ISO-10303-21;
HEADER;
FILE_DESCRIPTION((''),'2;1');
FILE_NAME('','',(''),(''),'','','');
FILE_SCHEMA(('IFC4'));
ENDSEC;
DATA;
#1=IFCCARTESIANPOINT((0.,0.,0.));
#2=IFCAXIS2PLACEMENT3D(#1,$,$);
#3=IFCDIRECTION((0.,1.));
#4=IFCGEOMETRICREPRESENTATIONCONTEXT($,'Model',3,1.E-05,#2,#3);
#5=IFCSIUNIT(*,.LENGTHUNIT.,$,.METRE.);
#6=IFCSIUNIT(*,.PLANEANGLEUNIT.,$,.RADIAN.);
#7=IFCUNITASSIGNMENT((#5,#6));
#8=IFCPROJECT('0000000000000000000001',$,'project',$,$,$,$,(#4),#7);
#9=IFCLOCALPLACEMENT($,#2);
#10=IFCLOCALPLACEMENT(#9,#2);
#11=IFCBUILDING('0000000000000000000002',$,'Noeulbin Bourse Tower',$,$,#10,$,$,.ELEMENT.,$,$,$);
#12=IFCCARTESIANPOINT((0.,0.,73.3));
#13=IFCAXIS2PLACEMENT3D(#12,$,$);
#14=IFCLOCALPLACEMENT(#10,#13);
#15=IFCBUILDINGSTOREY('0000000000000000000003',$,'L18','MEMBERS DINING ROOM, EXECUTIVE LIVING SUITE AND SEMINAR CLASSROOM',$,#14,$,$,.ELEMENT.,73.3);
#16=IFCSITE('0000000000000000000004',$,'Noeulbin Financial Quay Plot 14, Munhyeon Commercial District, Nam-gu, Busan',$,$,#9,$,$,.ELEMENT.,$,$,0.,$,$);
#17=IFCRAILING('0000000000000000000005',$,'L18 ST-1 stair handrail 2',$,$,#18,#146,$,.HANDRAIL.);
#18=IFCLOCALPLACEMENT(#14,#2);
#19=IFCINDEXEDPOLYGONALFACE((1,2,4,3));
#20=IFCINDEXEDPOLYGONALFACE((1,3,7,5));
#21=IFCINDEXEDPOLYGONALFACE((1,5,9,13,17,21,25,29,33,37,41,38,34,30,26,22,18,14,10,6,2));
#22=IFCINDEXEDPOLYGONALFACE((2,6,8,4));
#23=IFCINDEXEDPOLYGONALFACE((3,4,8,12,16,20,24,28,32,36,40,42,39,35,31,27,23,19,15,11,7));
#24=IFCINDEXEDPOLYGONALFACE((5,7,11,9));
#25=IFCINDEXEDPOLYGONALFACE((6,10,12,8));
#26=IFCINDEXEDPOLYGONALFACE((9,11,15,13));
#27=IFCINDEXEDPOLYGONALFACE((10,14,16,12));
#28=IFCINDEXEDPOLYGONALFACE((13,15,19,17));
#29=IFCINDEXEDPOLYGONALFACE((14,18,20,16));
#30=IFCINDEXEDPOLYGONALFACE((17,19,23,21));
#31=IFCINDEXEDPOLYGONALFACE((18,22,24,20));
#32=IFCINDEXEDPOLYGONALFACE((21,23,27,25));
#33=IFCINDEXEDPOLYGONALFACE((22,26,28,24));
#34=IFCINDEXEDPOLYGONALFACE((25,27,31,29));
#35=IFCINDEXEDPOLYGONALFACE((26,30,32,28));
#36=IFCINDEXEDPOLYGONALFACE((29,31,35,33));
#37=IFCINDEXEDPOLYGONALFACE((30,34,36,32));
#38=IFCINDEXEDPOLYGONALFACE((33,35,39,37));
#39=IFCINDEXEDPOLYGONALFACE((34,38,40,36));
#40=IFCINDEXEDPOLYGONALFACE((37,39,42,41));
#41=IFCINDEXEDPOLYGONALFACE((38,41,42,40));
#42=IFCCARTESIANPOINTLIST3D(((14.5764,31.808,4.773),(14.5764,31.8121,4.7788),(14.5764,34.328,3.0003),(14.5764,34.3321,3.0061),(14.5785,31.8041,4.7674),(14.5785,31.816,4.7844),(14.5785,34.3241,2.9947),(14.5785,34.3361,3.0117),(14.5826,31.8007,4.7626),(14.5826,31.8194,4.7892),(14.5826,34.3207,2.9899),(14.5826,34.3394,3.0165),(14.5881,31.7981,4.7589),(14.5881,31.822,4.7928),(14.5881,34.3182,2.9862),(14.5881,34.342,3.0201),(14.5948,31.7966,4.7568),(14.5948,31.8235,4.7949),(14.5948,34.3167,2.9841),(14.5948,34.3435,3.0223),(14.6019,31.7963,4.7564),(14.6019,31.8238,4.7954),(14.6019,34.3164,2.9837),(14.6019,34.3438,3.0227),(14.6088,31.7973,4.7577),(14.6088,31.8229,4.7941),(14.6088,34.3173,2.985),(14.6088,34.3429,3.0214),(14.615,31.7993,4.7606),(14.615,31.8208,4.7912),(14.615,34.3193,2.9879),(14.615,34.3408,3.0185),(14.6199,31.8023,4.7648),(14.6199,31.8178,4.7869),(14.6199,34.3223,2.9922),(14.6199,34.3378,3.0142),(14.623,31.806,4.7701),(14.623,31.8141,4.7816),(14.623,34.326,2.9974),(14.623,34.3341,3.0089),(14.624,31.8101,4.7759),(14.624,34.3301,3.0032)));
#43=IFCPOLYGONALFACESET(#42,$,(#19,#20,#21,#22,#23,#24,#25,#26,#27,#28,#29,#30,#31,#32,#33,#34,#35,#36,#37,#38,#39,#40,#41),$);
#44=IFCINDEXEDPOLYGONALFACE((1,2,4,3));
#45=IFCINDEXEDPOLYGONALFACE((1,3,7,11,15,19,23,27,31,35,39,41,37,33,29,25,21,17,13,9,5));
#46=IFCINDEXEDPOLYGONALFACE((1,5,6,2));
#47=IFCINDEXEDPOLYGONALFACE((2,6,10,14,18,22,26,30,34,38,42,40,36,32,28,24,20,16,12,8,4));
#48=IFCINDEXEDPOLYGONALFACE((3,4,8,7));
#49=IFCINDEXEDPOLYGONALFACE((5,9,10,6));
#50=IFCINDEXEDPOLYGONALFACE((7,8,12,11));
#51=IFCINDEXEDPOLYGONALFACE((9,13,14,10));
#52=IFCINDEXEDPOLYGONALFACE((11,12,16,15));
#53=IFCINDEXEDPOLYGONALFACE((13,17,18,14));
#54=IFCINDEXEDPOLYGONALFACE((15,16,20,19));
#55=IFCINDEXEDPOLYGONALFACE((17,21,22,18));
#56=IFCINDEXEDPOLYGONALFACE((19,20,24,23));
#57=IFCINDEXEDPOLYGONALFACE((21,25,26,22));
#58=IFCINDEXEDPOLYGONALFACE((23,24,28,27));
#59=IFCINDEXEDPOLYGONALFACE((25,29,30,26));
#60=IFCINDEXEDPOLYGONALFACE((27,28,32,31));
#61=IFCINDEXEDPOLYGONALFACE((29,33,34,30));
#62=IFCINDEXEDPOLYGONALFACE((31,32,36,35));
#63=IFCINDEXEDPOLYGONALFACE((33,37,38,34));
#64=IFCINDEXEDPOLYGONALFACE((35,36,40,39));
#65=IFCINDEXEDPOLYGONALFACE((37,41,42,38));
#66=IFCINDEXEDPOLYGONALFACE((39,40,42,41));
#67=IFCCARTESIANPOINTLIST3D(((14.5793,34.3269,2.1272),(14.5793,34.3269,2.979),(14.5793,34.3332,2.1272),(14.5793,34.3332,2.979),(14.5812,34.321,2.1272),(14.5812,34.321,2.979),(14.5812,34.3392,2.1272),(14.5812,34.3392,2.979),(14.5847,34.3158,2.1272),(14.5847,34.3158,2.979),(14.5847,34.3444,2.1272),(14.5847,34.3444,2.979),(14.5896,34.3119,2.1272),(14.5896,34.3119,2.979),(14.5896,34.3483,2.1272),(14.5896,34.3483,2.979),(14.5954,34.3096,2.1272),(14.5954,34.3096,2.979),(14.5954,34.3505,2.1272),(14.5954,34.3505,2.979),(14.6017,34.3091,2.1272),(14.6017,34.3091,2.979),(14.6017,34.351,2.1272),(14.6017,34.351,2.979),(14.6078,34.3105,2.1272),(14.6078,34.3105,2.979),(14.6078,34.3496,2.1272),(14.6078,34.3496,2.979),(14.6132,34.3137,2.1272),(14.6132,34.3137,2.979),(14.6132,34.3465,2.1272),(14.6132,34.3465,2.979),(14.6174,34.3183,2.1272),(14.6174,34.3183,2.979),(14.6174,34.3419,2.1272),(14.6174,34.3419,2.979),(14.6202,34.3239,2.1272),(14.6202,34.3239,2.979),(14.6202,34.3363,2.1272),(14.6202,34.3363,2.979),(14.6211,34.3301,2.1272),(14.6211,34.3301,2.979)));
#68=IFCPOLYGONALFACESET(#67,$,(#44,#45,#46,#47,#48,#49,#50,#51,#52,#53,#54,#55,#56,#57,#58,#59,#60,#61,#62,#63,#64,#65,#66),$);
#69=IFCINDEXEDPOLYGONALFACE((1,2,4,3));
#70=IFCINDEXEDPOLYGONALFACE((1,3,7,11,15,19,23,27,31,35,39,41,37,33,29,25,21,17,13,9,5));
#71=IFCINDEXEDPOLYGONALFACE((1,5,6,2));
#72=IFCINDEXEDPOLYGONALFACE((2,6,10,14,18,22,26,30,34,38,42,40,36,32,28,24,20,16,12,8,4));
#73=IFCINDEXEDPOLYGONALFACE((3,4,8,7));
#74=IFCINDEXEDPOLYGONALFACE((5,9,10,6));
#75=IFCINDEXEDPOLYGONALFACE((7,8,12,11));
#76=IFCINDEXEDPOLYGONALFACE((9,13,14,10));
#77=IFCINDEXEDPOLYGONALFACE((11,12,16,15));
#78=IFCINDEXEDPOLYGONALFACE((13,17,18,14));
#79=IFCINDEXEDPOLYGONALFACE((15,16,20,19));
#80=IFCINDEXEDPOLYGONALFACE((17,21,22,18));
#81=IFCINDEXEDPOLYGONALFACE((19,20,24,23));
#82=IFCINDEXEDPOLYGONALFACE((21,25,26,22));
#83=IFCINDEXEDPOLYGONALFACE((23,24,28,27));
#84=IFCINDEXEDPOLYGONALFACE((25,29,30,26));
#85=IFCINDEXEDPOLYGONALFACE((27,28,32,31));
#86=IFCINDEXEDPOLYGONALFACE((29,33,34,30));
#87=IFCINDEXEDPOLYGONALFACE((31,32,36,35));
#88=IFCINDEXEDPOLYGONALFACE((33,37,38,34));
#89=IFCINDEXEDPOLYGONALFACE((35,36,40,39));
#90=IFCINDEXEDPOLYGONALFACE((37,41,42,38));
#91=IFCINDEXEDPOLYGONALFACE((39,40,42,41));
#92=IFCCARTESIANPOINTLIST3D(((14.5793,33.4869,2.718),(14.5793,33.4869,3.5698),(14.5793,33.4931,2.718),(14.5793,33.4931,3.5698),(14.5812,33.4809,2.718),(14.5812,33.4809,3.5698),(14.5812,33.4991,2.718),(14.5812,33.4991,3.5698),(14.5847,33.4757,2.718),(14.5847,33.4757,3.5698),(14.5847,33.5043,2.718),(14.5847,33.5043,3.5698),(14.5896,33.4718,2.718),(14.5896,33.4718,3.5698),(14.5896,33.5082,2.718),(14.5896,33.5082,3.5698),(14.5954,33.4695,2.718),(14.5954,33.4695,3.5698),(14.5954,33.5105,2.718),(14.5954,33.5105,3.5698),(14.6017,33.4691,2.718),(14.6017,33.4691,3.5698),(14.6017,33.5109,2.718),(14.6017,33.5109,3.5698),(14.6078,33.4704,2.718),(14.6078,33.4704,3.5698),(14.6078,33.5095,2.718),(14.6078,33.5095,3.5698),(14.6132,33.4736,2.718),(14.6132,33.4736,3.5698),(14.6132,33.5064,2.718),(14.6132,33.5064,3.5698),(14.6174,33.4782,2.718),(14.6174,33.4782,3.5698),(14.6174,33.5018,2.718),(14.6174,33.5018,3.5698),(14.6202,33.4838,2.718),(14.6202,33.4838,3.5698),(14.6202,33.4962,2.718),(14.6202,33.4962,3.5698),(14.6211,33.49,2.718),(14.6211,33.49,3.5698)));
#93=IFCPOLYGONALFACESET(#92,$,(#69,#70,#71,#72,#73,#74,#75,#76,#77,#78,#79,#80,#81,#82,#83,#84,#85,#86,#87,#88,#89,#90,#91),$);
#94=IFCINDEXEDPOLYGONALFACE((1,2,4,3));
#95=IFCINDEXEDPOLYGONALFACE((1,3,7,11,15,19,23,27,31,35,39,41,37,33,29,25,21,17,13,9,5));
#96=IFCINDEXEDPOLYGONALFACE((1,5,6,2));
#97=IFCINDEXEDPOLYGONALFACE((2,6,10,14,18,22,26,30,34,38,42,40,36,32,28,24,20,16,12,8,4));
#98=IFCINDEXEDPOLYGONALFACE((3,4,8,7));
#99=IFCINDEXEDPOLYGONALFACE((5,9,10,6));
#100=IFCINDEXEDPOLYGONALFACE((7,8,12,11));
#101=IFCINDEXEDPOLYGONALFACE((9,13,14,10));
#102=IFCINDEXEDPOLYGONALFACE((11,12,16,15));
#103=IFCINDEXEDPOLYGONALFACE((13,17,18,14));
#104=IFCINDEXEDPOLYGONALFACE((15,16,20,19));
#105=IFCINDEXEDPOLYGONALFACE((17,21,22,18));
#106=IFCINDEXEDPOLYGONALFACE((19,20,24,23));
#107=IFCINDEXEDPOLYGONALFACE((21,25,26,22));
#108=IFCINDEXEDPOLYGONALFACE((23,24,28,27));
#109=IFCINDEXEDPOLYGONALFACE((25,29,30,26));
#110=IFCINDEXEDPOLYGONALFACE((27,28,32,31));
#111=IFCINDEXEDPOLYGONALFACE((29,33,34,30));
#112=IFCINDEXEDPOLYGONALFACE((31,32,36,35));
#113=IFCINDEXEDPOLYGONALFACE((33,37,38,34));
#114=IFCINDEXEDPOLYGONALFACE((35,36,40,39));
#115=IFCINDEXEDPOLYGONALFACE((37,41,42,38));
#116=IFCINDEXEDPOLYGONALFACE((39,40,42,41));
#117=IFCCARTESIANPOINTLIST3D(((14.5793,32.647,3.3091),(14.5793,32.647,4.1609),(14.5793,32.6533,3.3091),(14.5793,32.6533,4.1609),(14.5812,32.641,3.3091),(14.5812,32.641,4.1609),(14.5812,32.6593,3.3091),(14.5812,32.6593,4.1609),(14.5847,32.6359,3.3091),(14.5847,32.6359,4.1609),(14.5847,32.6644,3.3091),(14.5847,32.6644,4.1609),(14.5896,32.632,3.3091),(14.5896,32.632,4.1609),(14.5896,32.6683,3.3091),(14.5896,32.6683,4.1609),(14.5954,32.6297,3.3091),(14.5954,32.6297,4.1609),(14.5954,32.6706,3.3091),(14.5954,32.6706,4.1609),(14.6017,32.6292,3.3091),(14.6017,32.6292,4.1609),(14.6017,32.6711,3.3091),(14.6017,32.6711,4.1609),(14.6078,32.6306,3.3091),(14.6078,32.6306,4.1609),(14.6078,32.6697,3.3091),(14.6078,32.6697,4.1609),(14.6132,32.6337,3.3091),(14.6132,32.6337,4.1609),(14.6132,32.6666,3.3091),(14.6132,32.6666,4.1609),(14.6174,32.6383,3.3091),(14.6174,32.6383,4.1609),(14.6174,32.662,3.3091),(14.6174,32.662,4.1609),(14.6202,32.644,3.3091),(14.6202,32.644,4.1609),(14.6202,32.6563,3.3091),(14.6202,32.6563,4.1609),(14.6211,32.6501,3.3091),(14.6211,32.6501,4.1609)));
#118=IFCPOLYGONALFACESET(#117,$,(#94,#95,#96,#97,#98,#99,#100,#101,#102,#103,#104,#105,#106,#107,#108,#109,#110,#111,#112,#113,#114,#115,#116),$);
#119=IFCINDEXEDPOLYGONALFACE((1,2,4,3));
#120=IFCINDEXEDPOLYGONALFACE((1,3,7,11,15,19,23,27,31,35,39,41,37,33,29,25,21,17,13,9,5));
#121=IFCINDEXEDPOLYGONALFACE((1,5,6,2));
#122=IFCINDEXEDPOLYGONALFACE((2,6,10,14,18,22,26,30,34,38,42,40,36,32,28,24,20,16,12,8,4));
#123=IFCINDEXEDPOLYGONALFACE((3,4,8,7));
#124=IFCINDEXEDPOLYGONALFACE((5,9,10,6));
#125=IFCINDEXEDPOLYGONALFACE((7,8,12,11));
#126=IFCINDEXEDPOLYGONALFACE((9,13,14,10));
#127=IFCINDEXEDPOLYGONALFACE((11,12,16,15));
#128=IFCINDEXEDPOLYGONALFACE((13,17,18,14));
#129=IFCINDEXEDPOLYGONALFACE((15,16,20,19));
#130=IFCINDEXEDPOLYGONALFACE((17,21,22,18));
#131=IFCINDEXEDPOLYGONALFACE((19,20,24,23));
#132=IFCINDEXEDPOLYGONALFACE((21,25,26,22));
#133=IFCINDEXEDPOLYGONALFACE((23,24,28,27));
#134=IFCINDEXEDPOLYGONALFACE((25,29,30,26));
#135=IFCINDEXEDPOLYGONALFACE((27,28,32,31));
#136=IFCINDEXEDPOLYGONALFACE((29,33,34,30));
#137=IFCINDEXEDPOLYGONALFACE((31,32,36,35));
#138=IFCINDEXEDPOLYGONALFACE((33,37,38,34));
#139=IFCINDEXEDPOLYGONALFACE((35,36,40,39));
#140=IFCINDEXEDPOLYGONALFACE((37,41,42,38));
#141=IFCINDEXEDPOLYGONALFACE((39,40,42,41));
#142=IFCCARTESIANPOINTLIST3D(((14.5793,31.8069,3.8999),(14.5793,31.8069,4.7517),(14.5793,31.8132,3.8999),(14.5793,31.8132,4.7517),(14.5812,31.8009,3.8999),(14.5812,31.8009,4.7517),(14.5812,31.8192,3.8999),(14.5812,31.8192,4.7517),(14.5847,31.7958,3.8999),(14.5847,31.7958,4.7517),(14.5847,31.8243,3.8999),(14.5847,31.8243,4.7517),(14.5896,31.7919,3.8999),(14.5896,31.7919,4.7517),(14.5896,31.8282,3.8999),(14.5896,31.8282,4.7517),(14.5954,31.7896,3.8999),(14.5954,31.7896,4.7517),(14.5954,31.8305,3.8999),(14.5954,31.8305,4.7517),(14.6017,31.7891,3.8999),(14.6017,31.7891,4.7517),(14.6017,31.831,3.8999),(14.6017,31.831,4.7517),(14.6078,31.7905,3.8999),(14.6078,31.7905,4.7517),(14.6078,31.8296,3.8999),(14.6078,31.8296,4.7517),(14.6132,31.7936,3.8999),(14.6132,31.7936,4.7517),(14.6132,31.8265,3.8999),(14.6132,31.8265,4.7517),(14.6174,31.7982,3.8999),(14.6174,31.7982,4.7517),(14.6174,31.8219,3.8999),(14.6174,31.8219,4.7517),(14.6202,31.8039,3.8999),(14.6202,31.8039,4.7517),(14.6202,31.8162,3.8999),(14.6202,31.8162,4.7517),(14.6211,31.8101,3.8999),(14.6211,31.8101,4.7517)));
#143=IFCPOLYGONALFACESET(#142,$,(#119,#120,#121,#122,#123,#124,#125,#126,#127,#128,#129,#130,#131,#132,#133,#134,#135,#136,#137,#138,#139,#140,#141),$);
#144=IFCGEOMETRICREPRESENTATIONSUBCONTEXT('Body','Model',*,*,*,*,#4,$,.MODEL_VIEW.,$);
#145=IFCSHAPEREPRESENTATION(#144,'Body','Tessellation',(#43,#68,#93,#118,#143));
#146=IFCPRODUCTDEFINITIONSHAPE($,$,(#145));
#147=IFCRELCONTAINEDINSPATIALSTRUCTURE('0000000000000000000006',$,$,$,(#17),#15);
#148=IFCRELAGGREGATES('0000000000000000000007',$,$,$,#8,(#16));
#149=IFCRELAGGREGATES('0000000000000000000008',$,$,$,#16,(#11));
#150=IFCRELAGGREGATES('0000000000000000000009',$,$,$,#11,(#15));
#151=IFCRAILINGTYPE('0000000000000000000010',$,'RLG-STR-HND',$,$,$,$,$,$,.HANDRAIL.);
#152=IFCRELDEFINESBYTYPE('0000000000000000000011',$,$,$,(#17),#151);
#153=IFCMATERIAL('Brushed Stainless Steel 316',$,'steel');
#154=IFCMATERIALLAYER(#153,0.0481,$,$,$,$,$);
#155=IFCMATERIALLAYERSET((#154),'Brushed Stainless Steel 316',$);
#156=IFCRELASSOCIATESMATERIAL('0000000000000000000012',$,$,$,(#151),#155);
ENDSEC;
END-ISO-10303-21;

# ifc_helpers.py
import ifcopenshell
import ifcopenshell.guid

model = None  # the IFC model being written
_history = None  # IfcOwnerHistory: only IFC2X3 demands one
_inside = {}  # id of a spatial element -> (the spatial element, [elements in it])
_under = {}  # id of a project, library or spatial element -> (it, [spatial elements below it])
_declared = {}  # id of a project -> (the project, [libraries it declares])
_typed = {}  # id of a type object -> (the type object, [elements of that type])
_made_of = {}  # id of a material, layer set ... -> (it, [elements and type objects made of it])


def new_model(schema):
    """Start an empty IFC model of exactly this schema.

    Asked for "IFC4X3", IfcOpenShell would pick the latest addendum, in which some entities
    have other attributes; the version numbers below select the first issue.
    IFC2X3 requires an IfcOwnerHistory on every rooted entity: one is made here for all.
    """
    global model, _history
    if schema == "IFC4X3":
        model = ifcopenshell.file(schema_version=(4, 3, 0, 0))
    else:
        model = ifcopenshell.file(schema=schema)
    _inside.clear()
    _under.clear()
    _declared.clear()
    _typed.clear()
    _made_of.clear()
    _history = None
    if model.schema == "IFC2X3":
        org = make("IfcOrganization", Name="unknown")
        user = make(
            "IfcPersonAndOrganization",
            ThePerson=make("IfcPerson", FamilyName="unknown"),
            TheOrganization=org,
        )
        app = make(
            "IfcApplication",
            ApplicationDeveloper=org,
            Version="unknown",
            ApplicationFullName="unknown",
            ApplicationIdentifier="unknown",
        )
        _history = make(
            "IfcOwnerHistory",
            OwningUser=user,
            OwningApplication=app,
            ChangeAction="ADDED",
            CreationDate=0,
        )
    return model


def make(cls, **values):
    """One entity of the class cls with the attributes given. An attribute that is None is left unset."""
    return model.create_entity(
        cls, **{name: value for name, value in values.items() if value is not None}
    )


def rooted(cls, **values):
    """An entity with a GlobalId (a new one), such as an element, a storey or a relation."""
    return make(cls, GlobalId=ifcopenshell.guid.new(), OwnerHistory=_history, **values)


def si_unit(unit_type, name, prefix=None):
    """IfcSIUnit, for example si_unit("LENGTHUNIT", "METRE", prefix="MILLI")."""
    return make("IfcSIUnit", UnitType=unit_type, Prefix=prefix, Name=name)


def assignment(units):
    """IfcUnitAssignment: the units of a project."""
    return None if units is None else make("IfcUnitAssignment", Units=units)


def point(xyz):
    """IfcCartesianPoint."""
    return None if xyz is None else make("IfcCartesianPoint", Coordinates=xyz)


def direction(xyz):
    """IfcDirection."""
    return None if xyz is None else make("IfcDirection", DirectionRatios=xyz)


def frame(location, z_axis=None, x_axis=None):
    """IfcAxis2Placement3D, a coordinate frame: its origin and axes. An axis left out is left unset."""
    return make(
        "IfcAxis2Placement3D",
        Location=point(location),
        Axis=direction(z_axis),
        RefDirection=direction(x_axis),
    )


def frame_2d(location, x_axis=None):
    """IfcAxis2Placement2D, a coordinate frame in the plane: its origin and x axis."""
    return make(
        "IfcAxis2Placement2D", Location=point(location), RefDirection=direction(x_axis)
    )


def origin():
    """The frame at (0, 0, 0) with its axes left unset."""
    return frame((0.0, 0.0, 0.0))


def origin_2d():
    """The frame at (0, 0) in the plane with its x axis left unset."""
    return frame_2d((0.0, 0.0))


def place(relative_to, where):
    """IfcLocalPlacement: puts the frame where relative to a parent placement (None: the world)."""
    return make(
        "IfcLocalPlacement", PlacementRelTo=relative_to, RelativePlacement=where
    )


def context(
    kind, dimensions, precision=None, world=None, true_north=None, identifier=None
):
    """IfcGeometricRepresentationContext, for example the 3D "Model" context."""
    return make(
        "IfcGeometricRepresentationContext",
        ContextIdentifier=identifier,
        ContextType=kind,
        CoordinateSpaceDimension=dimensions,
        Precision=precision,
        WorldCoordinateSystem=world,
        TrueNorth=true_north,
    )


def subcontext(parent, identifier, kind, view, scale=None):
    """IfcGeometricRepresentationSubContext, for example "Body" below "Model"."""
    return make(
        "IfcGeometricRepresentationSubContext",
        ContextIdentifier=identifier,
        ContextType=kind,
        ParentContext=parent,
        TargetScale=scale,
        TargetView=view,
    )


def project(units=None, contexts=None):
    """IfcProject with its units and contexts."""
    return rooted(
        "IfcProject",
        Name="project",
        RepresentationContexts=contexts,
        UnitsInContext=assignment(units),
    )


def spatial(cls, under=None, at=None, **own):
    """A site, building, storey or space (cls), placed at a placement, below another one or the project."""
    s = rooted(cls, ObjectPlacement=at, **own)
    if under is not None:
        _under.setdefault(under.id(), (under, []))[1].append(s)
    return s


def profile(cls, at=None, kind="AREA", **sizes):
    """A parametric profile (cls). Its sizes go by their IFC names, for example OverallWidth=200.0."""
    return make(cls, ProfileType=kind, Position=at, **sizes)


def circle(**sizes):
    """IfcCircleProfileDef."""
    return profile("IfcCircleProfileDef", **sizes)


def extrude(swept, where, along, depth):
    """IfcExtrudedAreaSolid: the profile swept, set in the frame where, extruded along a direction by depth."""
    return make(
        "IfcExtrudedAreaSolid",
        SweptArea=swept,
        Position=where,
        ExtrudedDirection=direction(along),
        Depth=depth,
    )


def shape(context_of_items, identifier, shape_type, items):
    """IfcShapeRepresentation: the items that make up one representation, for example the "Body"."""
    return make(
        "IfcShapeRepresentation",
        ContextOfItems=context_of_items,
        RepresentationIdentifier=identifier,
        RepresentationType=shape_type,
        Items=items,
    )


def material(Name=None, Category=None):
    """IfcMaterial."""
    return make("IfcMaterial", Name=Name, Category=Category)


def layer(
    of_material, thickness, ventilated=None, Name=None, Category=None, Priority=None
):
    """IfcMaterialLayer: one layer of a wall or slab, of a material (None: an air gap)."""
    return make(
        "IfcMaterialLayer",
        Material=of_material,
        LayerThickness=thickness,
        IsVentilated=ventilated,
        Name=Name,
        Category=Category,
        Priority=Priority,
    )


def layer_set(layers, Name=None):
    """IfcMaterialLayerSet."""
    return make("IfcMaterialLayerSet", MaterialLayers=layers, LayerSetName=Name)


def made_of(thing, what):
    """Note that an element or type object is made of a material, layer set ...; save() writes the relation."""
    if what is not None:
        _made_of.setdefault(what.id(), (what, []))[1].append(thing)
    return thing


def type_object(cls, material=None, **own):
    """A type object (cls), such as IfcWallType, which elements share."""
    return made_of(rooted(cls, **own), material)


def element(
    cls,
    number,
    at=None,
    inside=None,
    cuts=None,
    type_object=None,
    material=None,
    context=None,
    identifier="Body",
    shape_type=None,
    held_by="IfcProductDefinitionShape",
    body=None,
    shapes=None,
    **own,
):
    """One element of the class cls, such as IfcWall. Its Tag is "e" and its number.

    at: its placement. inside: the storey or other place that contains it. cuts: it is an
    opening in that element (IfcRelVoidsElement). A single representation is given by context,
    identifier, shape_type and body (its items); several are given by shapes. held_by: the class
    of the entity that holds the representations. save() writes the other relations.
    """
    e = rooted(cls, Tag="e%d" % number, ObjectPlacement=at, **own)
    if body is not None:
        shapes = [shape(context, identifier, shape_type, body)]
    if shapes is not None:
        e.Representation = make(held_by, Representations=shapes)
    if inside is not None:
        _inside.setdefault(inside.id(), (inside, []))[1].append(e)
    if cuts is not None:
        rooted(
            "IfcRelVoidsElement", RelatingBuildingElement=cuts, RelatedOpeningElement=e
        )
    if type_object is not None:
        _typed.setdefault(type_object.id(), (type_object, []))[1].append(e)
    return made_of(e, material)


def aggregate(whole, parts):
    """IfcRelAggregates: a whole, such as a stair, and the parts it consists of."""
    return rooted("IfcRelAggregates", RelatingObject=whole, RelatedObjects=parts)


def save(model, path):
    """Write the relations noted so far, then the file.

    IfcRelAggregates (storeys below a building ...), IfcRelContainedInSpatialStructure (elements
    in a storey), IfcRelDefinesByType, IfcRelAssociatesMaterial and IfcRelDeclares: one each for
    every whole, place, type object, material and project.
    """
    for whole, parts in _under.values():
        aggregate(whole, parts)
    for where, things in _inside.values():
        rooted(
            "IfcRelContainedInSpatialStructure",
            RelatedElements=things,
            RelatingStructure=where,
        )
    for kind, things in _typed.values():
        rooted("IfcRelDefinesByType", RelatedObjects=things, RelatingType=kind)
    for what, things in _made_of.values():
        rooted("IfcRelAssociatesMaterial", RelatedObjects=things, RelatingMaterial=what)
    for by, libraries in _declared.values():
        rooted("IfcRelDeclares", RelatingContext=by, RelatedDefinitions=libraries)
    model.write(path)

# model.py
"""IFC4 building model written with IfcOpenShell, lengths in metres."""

from ifc_helpers import new_model, si_unit, direction, frame, origin, origin_2d, place, context, subcontext, project, spatial, circle, extrude, material, layer, layer_set, type_object, element, save


model = new_model("IFC4")

# Units and contexts
model_context = context("Model", 3, precision=1e-05, world=origin(), true_north=direction((0.0, 1.0)))
body_context = subcontext(model_context, "Body", "Model", "MODEL_VIEW")
ifc_project = project(units=[si_unit("LENGTHUNIT", "METRE"), si_unit("PLANEANGLEUNIT", "RADIAN")], contexts=[model_context])

# Site, building, storey
site_placement = place(None, origin())
site = spatial("IfcSite", under=ifc_project, at=site_placement, Name="Noeulbin Financial Quay Plot 14, Munhyeon Commercial District, Nam-gu, Busan", CompositionType="ELEMENT", RefElevation=0.0)
building_placement = place(site_placement, origin())
building = spatial("IfcBuilding", under=site, at=building_placement, Name="Noeulbin Bourse Tower", CompositionType="ELEMENT")
storey_placement = place(building_placement, frame((0.0, 0.0, 73.3)))
storey = spatial("IfcBuildingStorey", under=building, at=storey_placement, Name="L18", Description="MEMBERS DINING ROOM, EXECUTIVE LIVING SUITE AND SEMINAR CLASSROOM", CompositionType="ELEMENT", Elevation=73.3)

# Shared definitions
ifc_material_1 = material(Name="Brushed Stainless Steel 316", Category="steel")

# Railing
ifc_layer_1 = layer(ifc_material_1, 0.0481)
ifc_layer_set_1 = layer_set([ifc_layer_1], Name="Brushed Stainless Steel 316")
railing_type_1 = type_object("IfcRailingType", Name="RLG-STR-HND", PredefinedType="HANDRAIL", material=ifc_layer_set_1)
railing_1_placement = place(storey_placement, frame((14.6001, 34.3301, 2.1272)))
element("IfcRailing", 1, at=railing_1_placement, inside=storey, type_object=railing_type_1, Name="L18 ST-1 stair handrail 2", PredefinedType="HANDRAIL", context=body_context, shape_type="SweptSolid", body=[
    extrude(circle(Radius=0.0239, at=origin_2d()), frame((0.0, 0.0, 0.876), z_axis=(0.0, -0.817904, 0.575354), x_axis=(1.0, 0.0, 0.0)), (0.0, 0.0, 1.0), 3.0811),
    extrude(circle(Radius=0.021, at=origin_2d()), origin(), (0.0, 0.0, 1.0), 0.8518),
    extrude(circle(Radius=0.021, at=origin_2d()), frame((0.0, -0.8401, 0.5908)), (0.0, 0.0, 1.0), 0.8518),
    extrude(circle(Radius=0.021, at=origin_2d()), frame((0.0, -1.6799, 1.1819)), (0.0, 0.0, 1.0), 0.8518),
    extrude(circle(Radius=0.021, at=origin_2d()), frame((0.0, -2.52, 1.7727)), (0.0, 0.0, 1.0), 0.8518),
])

save(model, "model.ifc")
